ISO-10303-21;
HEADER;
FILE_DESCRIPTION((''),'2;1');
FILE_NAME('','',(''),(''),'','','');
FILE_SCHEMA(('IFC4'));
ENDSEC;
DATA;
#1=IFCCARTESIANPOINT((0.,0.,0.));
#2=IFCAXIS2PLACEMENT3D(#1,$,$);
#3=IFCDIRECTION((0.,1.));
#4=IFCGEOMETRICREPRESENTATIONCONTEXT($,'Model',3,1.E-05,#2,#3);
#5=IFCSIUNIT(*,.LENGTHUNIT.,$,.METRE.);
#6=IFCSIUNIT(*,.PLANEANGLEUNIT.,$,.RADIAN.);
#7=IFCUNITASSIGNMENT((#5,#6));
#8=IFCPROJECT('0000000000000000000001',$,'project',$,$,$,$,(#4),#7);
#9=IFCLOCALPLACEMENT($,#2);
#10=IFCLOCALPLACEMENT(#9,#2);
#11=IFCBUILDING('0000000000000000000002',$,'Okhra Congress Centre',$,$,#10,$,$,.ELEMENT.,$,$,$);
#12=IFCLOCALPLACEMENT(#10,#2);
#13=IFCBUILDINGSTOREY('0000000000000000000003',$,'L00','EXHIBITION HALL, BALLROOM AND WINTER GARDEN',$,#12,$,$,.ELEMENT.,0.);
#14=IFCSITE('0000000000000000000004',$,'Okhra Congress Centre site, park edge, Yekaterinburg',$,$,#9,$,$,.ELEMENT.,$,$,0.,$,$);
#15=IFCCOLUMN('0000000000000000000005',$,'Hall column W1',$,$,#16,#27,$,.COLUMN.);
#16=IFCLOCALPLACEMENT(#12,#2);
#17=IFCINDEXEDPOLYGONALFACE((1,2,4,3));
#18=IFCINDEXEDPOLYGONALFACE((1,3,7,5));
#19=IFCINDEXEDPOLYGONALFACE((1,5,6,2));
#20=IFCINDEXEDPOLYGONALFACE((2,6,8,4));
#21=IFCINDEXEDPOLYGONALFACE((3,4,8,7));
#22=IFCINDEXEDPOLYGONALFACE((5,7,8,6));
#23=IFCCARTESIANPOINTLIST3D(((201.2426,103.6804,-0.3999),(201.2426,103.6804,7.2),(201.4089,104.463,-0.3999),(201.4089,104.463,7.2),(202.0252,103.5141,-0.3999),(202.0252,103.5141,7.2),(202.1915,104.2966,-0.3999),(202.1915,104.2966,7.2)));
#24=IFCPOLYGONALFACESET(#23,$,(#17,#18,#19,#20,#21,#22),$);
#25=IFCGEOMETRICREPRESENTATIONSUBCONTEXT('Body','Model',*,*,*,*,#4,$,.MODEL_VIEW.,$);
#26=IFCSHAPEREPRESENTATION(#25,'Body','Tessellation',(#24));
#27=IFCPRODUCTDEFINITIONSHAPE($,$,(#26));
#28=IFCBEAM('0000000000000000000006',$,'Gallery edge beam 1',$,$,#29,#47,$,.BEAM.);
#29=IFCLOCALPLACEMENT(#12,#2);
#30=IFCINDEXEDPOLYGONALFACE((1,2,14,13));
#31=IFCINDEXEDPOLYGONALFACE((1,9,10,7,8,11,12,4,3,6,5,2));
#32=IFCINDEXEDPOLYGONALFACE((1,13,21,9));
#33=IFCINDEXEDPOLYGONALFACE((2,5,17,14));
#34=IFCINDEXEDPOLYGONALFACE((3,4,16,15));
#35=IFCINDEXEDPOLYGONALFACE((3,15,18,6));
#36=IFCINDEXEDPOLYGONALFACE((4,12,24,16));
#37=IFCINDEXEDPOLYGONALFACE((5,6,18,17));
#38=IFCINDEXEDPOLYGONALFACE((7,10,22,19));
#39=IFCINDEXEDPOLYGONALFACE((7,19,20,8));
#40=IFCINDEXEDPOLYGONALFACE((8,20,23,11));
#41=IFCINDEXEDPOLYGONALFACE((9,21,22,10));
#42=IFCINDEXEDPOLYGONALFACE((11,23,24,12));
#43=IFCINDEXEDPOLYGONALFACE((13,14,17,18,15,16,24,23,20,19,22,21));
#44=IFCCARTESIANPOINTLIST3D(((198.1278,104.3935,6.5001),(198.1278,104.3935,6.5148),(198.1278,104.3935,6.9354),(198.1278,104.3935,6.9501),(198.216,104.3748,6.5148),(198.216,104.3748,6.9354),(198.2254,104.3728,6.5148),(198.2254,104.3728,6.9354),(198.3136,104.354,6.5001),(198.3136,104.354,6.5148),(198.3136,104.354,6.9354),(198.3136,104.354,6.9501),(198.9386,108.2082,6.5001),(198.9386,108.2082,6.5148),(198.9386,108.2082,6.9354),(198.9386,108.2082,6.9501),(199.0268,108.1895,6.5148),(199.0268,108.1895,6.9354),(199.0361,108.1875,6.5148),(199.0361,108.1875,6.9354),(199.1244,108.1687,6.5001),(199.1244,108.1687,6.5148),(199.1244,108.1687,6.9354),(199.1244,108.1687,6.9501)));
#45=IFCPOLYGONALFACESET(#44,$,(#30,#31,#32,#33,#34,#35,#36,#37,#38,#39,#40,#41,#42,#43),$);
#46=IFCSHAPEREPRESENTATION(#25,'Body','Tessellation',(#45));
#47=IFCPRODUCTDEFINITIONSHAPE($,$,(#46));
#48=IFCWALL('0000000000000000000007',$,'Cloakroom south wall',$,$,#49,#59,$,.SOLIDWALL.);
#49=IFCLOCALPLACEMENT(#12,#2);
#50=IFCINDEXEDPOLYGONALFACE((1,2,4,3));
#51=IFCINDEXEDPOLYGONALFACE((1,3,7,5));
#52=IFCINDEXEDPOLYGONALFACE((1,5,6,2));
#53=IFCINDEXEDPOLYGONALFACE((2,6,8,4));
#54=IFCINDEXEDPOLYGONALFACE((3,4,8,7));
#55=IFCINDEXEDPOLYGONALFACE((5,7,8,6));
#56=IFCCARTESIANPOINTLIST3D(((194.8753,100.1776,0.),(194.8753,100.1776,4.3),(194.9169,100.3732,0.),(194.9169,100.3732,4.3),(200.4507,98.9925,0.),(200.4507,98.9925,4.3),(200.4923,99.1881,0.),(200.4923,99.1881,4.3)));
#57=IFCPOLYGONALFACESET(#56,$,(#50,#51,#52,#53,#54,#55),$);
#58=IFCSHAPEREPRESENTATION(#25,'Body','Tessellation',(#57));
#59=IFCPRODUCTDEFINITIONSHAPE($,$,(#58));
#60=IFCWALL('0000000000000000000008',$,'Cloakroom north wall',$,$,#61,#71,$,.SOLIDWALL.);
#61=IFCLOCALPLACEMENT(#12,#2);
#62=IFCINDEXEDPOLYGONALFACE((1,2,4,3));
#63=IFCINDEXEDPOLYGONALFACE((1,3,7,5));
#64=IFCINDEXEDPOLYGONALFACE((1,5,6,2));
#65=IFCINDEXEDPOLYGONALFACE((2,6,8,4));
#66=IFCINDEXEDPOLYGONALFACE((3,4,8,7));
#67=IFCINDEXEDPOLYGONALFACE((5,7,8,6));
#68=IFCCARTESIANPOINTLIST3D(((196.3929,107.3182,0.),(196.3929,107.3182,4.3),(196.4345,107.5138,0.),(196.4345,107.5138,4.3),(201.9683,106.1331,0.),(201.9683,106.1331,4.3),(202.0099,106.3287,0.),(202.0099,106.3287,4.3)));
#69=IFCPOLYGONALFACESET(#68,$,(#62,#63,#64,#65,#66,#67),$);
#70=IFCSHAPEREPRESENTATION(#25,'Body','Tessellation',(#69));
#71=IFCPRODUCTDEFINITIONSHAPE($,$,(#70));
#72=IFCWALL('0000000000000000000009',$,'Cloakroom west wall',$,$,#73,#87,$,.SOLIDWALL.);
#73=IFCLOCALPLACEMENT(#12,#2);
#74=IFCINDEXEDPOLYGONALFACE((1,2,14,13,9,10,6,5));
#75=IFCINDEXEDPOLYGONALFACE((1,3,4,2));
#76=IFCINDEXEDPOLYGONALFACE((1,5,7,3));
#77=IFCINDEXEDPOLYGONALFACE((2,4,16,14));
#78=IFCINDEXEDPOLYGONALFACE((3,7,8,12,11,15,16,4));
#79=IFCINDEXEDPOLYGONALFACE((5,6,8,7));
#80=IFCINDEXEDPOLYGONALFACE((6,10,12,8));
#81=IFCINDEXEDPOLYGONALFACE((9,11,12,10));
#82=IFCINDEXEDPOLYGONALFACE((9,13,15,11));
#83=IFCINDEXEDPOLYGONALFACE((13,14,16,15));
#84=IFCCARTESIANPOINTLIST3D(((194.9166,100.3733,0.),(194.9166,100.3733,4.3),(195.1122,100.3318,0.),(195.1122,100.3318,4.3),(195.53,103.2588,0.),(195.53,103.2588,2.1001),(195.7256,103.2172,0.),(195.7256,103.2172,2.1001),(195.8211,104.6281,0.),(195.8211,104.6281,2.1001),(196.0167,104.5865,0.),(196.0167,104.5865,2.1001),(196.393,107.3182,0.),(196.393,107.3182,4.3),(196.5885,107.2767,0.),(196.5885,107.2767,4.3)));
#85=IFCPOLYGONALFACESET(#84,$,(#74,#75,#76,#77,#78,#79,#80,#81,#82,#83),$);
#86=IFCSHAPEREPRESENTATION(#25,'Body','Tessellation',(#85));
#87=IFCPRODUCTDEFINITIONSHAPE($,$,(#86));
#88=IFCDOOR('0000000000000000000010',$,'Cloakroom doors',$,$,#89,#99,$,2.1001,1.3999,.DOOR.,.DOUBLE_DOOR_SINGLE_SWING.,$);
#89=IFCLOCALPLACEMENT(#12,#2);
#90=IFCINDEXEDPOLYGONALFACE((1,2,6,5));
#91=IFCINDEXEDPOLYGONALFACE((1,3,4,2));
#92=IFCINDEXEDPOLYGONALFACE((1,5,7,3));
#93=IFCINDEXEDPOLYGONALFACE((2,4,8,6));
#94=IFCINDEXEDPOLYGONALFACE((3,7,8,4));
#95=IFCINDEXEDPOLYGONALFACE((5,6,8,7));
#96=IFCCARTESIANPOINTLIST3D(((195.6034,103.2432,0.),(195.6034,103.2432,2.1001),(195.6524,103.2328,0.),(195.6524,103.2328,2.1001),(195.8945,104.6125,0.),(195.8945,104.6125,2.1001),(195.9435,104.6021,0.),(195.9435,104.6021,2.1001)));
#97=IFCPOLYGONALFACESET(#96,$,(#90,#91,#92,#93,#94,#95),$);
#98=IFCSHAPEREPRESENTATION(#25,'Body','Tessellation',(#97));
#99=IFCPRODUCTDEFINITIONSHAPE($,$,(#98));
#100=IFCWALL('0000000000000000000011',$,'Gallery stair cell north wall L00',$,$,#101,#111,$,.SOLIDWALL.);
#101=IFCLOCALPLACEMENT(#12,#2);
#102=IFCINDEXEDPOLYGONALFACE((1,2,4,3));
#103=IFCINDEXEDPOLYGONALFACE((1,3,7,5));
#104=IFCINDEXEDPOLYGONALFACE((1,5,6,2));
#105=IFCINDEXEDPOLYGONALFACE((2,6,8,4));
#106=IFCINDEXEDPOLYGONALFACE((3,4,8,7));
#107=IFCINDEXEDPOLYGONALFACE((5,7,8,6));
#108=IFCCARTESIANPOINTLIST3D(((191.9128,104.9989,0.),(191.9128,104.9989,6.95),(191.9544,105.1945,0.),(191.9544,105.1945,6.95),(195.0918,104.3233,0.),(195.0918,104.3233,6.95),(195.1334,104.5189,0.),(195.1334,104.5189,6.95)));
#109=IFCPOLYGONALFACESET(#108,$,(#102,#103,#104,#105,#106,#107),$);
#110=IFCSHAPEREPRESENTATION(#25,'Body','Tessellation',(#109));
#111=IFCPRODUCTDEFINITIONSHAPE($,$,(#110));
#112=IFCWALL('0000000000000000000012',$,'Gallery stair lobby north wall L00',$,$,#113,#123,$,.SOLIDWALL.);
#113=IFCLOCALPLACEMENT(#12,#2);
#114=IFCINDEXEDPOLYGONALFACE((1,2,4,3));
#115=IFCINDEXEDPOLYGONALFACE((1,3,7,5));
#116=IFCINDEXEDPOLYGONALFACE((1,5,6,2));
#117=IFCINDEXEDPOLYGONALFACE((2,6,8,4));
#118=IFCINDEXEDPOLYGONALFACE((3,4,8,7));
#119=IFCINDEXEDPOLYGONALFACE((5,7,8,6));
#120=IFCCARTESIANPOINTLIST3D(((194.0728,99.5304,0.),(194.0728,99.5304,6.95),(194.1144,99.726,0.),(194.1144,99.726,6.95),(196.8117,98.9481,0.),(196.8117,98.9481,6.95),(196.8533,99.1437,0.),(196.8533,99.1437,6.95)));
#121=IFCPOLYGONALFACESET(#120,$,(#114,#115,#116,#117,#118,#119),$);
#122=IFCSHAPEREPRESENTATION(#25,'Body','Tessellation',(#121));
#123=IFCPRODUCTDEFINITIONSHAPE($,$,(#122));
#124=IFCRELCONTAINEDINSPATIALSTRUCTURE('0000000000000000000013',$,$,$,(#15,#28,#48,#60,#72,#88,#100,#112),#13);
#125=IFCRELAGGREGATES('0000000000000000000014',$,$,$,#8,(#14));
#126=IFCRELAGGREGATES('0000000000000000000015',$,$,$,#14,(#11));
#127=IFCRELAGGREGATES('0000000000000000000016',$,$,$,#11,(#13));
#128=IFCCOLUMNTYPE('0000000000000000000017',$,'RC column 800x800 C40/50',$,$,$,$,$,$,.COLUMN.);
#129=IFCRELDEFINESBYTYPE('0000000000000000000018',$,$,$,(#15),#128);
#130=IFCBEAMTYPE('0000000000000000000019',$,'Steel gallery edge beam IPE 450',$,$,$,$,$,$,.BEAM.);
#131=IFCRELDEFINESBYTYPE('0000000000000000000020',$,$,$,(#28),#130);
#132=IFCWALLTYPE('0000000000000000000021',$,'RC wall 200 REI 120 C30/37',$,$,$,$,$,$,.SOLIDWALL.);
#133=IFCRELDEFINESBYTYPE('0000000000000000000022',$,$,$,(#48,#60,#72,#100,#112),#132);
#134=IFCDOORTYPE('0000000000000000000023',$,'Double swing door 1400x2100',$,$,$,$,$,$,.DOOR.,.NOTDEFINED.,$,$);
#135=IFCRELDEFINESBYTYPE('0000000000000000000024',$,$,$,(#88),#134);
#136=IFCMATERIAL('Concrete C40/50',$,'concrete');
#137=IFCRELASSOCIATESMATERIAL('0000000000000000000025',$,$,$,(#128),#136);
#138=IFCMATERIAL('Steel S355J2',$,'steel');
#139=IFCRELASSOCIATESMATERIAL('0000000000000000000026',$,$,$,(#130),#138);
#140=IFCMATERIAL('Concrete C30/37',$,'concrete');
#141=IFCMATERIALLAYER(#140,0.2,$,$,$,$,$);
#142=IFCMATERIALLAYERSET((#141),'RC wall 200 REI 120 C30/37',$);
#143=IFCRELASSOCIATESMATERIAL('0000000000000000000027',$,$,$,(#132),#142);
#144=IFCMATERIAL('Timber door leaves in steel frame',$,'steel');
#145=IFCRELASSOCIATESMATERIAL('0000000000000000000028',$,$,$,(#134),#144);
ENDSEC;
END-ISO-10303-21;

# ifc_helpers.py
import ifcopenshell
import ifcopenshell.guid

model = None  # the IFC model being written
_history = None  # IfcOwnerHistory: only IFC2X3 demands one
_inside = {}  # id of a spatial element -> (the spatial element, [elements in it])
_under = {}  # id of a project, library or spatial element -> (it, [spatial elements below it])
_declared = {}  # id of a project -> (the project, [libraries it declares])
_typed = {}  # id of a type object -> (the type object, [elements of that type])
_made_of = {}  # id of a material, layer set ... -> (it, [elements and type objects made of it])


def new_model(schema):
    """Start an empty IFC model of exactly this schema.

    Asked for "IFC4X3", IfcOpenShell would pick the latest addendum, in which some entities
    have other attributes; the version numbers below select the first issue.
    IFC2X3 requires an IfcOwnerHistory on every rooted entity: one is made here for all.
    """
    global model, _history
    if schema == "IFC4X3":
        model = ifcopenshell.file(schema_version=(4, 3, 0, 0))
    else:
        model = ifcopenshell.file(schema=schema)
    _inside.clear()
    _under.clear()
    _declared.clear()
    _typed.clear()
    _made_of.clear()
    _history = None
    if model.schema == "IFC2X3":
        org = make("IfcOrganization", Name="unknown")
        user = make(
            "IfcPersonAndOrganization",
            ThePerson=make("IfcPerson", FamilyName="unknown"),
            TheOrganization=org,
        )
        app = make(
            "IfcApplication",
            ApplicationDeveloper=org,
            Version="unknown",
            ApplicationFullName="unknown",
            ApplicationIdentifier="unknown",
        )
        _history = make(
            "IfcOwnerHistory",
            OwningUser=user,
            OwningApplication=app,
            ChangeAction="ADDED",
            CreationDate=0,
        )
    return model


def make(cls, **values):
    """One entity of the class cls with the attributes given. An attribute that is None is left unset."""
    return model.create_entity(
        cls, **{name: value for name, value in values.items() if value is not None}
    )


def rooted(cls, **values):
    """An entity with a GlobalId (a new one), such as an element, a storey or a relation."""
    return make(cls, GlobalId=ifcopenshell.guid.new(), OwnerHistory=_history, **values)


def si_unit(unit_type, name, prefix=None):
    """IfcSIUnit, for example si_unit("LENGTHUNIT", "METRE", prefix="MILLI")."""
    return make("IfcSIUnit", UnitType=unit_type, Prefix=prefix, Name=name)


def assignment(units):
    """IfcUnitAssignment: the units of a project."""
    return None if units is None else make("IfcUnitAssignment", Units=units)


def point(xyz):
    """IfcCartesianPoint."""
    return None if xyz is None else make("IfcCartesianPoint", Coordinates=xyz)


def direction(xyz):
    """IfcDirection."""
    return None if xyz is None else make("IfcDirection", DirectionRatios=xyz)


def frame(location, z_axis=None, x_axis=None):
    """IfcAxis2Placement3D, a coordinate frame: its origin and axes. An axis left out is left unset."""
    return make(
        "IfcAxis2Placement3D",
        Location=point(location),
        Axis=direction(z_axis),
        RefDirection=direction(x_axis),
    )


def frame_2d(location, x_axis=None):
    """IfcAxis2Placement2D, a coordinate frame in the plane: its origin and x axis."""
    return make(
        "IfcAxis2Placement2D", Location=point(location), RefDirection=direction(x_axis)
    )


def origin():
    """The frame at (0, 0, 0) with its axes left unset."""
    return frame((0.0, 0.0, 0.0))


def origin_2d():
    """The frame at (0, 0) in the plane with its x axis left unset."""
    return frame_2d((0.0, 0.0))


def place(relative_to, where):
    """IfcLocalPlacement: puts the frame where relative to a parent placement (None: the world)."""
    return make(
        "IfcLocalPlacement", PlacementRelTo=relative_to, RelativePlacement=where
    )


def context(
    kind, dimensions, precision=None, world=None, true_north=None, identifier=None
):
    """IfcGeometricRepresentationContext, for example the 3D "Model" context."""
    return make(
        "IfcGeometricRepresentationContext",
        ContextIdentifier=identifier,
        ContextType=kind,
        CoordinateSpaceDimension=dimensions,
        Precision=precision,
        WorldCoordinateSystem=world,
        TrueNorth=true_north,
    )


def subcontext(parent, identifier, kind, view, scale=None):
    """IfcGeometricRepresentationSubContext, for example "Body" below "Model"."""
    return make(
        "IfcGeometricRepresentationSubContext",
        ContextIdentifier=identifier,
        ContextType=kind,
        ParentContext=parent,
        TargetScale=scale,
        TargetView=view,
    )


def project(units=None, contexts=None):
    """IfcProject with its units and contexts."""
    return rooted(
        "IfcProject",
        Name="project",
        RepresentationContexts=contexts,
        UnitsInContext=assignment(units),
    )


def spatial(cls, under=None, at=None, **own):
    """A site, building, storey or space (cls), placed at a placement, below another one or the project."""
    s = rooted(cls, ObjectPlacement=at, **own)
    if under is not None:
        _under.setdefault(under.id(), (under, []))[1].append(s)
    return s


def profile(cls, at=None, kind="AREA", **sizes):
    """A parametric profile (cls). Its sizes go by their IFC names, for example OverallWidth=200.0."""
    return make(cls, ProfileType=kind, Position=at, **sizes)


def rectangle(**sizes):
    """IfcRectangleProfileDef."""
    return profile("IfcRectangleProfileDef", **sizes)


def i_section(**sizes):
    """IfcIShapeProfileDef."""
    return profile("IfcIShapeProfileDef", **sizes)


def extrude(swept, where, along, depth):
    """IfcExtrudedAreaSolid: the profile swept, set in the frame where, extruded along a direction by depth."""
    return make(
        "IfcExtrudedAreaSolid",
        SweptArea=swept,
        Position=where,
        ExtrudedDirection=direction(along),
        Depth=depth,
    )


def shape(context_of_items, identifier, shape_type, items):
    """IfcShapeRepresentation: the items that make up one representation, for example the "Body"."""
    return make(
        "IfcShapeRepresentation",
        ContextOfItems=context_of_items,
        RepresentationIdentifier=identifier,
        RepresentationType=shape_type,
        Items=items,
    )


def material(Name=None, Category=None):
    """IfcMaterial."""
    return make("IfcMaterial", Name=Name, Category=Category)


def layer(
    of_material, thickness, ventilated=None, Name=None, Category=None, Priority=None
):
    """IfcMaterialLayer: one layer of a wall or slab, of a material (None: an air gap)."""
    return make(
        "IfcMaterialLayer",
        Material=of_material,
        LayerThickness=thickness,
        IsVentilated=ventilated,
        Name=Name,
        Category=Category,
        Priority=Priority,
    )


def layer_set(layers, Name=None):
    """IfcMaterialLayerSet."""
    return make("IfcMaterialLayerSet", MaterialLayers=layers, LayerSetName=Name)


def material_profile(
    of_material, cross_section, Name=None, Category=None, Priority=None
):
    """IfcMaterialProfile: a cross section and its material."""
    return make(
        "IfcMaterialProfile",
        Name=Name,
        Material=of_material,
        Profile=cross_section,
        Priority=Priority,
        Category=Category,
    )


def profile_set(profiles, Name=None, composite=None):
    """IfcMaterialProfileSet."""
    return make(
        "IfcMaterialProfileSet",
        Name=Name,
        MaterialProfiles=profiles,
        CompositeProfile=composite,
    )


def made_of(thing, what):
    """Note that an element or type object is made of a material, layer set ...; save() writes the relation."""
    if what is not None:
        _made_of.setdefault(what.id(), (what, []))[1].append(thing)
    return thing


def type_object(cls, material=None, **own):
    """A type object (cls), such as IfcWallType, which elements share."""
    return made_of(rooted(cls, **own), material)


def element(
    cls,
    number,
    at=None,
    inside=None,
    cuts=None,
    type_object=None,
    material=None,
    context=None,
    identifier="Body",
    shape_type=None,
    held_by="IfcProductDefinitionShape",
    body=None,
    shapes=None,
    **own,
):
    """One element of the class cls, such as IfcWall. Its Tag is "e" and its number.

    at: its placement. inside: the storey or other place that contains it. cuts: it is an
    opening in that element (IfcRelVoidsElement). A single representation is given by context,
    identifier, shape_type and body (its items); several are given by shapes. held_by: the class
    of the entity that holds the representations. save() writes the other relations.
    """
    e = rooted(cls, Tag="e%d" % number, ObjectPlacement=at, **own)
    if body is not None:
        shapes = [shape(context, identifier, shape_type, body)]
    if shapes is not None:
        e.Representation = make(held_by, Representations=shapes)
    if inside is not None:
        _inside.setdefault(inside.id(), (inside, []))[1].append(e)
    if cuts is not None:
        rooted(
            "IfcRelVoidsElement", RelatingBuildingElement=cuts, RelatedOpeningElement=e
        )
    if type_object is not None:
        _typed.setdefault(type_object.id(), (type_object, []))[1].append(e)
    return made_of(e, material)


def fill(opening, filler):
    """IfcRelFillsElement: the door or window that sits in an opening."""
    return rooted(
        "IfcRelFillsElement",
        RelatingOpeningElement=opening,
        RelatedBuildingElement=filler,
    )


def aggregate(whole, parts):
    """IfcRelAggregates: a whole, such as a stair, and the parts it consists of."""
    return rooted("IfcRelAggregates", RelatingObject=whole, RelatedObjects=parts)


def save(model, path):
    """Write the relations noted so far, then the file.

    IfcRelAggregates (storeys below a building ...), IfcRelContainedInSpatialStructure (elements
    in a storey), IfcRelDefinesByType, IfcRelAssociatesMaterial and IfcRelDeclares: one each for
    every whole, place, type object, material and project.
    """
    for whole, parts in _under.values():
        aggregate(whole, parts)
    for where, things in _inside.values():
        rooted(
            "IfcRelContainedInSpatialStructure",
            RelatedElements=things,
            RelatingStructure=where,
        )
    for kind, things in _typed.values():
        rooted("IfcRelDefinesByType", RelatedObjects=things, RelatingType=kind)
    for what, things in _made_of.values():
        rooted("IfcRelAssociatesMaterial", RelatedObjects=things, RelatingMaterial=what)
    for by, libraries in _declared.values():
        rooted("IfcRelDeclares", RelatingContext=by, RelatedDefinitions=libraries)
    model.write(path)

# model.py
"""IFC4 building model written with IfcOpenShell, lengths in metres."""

from ifc_helpers import new_model, si_unit, direction, frame, frame_2d, origin, origin_2d, place, context, subcontext, project, spatial, rectangle, i_section, extrude, material, layer, layer_set, material_profile, profile_set, type_object, element, fill, save


model = new_model("IFC4")

# Units and contexts
model_context = context("Model", 3, precision=1e-05, world=origin(), true_north=direction((0.0, 1.0)))
body_context = subcontext(model_context, "Body", "Model", "MODEL_VIEW")
ifc_project = project(units=[si_unit("LENGTHUNIT", "METRE"), si_unit("PLANEANGLEUNIT", "RADIAN")], contexts=[model_context])

# Site, building, storey
site_placement = place(None, origin())
site = spatial("IfcSite", under=ifc_project, at=site_placement, Name="Okhra Congress Centre site, park edge, Yekaterinburg", CompositionType="ELEMENT", RefElevation=0.0)
building_placement = place(site_placement, origin())
building = spatial("IfcBuilding", under=site, at=building_placement, Name="Okhra Congress Centre", CompositionType="ELEMENT")
storey_placement = place(building_placement, origin())
storey = spatial("IfcBuildingStorey", under=building, at=storey_placement, Name="L00", Description="EXHIBITION HALL, BALLROOM AND WINTER GARDEN", CompositionType="ELEMENT", Elevation=0.0)

# Shared definitions
ifc_material_1 = material(Name="Concrete C30/37", Category="concrete")

# Column
ifc_material_2 = material(Name="Concrete C40/50", Category="concrete")
ifc_material_profile_1 = material_profile(ifc_material_2, rectangle(XDim=0.8, YDim=0.8, at=origin_2d()), Name="RC 800x800")
ifc_profile_set_1 = profile_set([ifc_material_profile_1], Name="Concrete C40/50")
column_type_1 = type_object("IfcColumnType", Name="RC column 800x800 C40/50", PredefinedType="COLUMN", material=ifc_profile_set_1)
column_1_placement = place(storey_placement, frame((201.717, 103.9885, -0.3999), z_axis=(0.0, 0.0, 1.0), x_axis=(0.978148, -0.207912, 0.0)))
element("IfcColumn", 1, at=column_1_placement, inside=storey, type_object=column_type_1, Name="Hall column W1", PredefinedType="COLUMN", context=body_context, shape_type="SweptSolid", body=[
    extrude(rectangle(XDim=0.8, YDim=0.8, at=origin_2d()), origin(), (0.0, 0.0, 1.0), 7.5999),
])

# Beam
ifc_material_3 = material(Name="Steel S355J2", Category="steel")
ifc_material_profile_2 = material_profile(ifc_material_3, i_section(OverallWidth=0.1899, OverallDepth=0.45, WebThickness=0.0095, FlangeThickness=0.0146, at=origin_2d()), Name="IPE 450")
ifc_profile_set_2 = profile_set([ifc_material_profile_2], Name="Steel S355J2")
beam_type = type_object("IfcBeamType", Name="Steel gallery edge beam IPE 450", PredefinedType="BEAM", material=ifc_profile_set_2)
beam_placement = place(storey_placement, frame((198.2207, 104.3738, 6.7251), z_axis=(0.2079, 0.97815, 0.0), x_axis=(-0.97815, 0.2079, 0.0)))
element("IfcBeam", 2, at=beam_placement, inside=storey, type_object=beam_type, Name="Gallery edge beam 1", PredefinedType="BEAM", context=body_context, shape_type="SweptSolid", body=[
    extrude(i_section(OverallWidth=0.1899, OverallDepth=0.45, WebThickness=0.0095, FlangeThickness=0.0146, at=origin_2d()), origin(), (0.0, 0.0, 1.0), 3.8999),
])

# Shared definitions
ifc_material_4 = material(Name="Timber door leaves in steel frame", Category="steel")

# Walls
ifc_layer_1 = layer(ifc_material_1, 0.2)
ifc_layer_set_1 = layer_set([ifc_layer_1], Name="RC wall 200 REI 120 C30/37")
wall_type_1 = type_object("IfcWallType", Name="RC wall 200 REI 120 C30/37", PredefinedType="SOLIDWALL", material=ifc_layer_set_1)
for number, where, z_axis, x_axis, name in (
    (3, (194.896, 100.2754, 0.0), (0.0, 0.0, 1.0), (0.978149, -0.207905, 0.0), "Cloakroom south wall"),
    (4, (196.4136, 107.416, 0.0), (0.0, 0.0, 1.0), (0.978149, -0.207905, 0.0), "Cloakroom north wall"),
):
    element("IfcWall", number, at=place(storey_placement, frame(where, z_axis=z_axis, x_axis=x_axis)), inside=storey, type_object=wall_type_1, Name=name, PredefinedType="SOLIDWALL", context=body_context, shape_type="SweptSolid", body=[
        extrude(rectangle(XDim=5.7, YDim=0.2, at=frame_2d((2.8501, 0.0))), origin(), (0.0, 0.0, 1.0), 4.3),
    ])

# Wall, opening, door
wall_1_placement = place(storey_placement, frame((195.0144, 100.3525, 0.0), z_axis=(0.0, 0.0, 1.0), x_axis=(0.207932, 0.978143, 0.0)))
wall_1 = element("IfcWall", 5, at=wall_1_placement, inside=storey, type_object=wall_type_1, Name="Cloakroom west wall", PredefinedType="SOLIDWALL", context=body_context, shape_type="SweptSolid", body=[
    extrude(rectangle(XDim=7.1001, YDim=0.2, at=frame_2d((3.55, 0.0))), origin(), (0.0, 0.0, 1.0), 4.3),
])
opening_1_placement = place(wall_1_placement, frame((2.95, 0.0, 0.0)))
opening_1 = element("IfcOpeningElement", 6, at=opening_1_placement, cuts=wall_1, PredefinedType="OPENING", context=body_context, shape_type="SweptSolid", body=[
    extrude(rectangle(XDim=1.3999, YDim=2.1001, at=frame_2d((0.7, 1.05))), frame((0.0, 0.1099, 0.0), z_axis=(0.0, -1.0, 0.0), x_axis=(1.0, 0.0, 0.0)), (0.0, 0.0, 1.0), 0.22),
])
door_type_1 = type_object("IfcDoorType", Name="Double swing door 1400x2100", OperationType="NOTDEFINED", PredefinedType="DOOR", material=ifc_material_4)
door_1_placement = place(opening_1_placement, origin())
door_1 = element("IfcDoor", 7, at=door_1_placement, inside=storey, type_object=door_type_1, Name="Cloakroom doors", OperationType="DOUBLE_DOOR_SINGLE_SWING", OverallHeight=2.1001, OverallWidth=1.3999, PredefinedType="DOOR", context=body_context, shape_type="SweptSolid", body=[
    extrude(rectangle(XDim=1.3999, YDim=2.1001, at=frame_2d((0.7, 1.05))), frame((0.0, 0.0249, 0.0), z_axis=(0.0, -1.0, 0.0), x_axis=(1.0, 0.0, 0.0)), (0.0, 0.0, 1.0), 0.05),
])
fill(opening_1, door_1)

# Walls
wall_2_placement = place(storey_placement, frame((191.9336, 105.0967, 0.0), z_axis=(0.0, 0.0, 1.0), x_axis=(0.978158, -0.207861, 0.0)))
element("IfcWall", 8, at=wall_2_placement, inside=storey, type_object=wall_type_1, Name="Gallery stair cell north wall L00", PredefinedType="SOLIDWALL", context=body_context, shape_type="SweptSolid", body=[
    extrude(rectangle(XDim=3.25, YDim=0.2, at=frame_2d((1.625, 0.0))), origin(), (0.0, 0.0, 1.0), 6.95),
])
wall_3_placement = place(storey_placement, frame((194.0938, 99.6282, 0.0), z_axis=(0.0, 0.0, 1.0), x_axis=(0.978138, -0.207957, 0.0)))
element("IfcWall", 9, at=wall_3_placement, inside=storey, type_object=wall_type_1, Name="Gallery stair lobby north wall L00", PredefinedType="SOLIDWALL", context=body_context, shape_type="SweptSolid", body=[
    extrude(rectangle(XDim=2.8, YDim=0.2, at=frame_2d((1.3999, 0.0))), origin(), (0.0, 0.0, 1.0), 6.95),
])

save(model, "model.ifc")
